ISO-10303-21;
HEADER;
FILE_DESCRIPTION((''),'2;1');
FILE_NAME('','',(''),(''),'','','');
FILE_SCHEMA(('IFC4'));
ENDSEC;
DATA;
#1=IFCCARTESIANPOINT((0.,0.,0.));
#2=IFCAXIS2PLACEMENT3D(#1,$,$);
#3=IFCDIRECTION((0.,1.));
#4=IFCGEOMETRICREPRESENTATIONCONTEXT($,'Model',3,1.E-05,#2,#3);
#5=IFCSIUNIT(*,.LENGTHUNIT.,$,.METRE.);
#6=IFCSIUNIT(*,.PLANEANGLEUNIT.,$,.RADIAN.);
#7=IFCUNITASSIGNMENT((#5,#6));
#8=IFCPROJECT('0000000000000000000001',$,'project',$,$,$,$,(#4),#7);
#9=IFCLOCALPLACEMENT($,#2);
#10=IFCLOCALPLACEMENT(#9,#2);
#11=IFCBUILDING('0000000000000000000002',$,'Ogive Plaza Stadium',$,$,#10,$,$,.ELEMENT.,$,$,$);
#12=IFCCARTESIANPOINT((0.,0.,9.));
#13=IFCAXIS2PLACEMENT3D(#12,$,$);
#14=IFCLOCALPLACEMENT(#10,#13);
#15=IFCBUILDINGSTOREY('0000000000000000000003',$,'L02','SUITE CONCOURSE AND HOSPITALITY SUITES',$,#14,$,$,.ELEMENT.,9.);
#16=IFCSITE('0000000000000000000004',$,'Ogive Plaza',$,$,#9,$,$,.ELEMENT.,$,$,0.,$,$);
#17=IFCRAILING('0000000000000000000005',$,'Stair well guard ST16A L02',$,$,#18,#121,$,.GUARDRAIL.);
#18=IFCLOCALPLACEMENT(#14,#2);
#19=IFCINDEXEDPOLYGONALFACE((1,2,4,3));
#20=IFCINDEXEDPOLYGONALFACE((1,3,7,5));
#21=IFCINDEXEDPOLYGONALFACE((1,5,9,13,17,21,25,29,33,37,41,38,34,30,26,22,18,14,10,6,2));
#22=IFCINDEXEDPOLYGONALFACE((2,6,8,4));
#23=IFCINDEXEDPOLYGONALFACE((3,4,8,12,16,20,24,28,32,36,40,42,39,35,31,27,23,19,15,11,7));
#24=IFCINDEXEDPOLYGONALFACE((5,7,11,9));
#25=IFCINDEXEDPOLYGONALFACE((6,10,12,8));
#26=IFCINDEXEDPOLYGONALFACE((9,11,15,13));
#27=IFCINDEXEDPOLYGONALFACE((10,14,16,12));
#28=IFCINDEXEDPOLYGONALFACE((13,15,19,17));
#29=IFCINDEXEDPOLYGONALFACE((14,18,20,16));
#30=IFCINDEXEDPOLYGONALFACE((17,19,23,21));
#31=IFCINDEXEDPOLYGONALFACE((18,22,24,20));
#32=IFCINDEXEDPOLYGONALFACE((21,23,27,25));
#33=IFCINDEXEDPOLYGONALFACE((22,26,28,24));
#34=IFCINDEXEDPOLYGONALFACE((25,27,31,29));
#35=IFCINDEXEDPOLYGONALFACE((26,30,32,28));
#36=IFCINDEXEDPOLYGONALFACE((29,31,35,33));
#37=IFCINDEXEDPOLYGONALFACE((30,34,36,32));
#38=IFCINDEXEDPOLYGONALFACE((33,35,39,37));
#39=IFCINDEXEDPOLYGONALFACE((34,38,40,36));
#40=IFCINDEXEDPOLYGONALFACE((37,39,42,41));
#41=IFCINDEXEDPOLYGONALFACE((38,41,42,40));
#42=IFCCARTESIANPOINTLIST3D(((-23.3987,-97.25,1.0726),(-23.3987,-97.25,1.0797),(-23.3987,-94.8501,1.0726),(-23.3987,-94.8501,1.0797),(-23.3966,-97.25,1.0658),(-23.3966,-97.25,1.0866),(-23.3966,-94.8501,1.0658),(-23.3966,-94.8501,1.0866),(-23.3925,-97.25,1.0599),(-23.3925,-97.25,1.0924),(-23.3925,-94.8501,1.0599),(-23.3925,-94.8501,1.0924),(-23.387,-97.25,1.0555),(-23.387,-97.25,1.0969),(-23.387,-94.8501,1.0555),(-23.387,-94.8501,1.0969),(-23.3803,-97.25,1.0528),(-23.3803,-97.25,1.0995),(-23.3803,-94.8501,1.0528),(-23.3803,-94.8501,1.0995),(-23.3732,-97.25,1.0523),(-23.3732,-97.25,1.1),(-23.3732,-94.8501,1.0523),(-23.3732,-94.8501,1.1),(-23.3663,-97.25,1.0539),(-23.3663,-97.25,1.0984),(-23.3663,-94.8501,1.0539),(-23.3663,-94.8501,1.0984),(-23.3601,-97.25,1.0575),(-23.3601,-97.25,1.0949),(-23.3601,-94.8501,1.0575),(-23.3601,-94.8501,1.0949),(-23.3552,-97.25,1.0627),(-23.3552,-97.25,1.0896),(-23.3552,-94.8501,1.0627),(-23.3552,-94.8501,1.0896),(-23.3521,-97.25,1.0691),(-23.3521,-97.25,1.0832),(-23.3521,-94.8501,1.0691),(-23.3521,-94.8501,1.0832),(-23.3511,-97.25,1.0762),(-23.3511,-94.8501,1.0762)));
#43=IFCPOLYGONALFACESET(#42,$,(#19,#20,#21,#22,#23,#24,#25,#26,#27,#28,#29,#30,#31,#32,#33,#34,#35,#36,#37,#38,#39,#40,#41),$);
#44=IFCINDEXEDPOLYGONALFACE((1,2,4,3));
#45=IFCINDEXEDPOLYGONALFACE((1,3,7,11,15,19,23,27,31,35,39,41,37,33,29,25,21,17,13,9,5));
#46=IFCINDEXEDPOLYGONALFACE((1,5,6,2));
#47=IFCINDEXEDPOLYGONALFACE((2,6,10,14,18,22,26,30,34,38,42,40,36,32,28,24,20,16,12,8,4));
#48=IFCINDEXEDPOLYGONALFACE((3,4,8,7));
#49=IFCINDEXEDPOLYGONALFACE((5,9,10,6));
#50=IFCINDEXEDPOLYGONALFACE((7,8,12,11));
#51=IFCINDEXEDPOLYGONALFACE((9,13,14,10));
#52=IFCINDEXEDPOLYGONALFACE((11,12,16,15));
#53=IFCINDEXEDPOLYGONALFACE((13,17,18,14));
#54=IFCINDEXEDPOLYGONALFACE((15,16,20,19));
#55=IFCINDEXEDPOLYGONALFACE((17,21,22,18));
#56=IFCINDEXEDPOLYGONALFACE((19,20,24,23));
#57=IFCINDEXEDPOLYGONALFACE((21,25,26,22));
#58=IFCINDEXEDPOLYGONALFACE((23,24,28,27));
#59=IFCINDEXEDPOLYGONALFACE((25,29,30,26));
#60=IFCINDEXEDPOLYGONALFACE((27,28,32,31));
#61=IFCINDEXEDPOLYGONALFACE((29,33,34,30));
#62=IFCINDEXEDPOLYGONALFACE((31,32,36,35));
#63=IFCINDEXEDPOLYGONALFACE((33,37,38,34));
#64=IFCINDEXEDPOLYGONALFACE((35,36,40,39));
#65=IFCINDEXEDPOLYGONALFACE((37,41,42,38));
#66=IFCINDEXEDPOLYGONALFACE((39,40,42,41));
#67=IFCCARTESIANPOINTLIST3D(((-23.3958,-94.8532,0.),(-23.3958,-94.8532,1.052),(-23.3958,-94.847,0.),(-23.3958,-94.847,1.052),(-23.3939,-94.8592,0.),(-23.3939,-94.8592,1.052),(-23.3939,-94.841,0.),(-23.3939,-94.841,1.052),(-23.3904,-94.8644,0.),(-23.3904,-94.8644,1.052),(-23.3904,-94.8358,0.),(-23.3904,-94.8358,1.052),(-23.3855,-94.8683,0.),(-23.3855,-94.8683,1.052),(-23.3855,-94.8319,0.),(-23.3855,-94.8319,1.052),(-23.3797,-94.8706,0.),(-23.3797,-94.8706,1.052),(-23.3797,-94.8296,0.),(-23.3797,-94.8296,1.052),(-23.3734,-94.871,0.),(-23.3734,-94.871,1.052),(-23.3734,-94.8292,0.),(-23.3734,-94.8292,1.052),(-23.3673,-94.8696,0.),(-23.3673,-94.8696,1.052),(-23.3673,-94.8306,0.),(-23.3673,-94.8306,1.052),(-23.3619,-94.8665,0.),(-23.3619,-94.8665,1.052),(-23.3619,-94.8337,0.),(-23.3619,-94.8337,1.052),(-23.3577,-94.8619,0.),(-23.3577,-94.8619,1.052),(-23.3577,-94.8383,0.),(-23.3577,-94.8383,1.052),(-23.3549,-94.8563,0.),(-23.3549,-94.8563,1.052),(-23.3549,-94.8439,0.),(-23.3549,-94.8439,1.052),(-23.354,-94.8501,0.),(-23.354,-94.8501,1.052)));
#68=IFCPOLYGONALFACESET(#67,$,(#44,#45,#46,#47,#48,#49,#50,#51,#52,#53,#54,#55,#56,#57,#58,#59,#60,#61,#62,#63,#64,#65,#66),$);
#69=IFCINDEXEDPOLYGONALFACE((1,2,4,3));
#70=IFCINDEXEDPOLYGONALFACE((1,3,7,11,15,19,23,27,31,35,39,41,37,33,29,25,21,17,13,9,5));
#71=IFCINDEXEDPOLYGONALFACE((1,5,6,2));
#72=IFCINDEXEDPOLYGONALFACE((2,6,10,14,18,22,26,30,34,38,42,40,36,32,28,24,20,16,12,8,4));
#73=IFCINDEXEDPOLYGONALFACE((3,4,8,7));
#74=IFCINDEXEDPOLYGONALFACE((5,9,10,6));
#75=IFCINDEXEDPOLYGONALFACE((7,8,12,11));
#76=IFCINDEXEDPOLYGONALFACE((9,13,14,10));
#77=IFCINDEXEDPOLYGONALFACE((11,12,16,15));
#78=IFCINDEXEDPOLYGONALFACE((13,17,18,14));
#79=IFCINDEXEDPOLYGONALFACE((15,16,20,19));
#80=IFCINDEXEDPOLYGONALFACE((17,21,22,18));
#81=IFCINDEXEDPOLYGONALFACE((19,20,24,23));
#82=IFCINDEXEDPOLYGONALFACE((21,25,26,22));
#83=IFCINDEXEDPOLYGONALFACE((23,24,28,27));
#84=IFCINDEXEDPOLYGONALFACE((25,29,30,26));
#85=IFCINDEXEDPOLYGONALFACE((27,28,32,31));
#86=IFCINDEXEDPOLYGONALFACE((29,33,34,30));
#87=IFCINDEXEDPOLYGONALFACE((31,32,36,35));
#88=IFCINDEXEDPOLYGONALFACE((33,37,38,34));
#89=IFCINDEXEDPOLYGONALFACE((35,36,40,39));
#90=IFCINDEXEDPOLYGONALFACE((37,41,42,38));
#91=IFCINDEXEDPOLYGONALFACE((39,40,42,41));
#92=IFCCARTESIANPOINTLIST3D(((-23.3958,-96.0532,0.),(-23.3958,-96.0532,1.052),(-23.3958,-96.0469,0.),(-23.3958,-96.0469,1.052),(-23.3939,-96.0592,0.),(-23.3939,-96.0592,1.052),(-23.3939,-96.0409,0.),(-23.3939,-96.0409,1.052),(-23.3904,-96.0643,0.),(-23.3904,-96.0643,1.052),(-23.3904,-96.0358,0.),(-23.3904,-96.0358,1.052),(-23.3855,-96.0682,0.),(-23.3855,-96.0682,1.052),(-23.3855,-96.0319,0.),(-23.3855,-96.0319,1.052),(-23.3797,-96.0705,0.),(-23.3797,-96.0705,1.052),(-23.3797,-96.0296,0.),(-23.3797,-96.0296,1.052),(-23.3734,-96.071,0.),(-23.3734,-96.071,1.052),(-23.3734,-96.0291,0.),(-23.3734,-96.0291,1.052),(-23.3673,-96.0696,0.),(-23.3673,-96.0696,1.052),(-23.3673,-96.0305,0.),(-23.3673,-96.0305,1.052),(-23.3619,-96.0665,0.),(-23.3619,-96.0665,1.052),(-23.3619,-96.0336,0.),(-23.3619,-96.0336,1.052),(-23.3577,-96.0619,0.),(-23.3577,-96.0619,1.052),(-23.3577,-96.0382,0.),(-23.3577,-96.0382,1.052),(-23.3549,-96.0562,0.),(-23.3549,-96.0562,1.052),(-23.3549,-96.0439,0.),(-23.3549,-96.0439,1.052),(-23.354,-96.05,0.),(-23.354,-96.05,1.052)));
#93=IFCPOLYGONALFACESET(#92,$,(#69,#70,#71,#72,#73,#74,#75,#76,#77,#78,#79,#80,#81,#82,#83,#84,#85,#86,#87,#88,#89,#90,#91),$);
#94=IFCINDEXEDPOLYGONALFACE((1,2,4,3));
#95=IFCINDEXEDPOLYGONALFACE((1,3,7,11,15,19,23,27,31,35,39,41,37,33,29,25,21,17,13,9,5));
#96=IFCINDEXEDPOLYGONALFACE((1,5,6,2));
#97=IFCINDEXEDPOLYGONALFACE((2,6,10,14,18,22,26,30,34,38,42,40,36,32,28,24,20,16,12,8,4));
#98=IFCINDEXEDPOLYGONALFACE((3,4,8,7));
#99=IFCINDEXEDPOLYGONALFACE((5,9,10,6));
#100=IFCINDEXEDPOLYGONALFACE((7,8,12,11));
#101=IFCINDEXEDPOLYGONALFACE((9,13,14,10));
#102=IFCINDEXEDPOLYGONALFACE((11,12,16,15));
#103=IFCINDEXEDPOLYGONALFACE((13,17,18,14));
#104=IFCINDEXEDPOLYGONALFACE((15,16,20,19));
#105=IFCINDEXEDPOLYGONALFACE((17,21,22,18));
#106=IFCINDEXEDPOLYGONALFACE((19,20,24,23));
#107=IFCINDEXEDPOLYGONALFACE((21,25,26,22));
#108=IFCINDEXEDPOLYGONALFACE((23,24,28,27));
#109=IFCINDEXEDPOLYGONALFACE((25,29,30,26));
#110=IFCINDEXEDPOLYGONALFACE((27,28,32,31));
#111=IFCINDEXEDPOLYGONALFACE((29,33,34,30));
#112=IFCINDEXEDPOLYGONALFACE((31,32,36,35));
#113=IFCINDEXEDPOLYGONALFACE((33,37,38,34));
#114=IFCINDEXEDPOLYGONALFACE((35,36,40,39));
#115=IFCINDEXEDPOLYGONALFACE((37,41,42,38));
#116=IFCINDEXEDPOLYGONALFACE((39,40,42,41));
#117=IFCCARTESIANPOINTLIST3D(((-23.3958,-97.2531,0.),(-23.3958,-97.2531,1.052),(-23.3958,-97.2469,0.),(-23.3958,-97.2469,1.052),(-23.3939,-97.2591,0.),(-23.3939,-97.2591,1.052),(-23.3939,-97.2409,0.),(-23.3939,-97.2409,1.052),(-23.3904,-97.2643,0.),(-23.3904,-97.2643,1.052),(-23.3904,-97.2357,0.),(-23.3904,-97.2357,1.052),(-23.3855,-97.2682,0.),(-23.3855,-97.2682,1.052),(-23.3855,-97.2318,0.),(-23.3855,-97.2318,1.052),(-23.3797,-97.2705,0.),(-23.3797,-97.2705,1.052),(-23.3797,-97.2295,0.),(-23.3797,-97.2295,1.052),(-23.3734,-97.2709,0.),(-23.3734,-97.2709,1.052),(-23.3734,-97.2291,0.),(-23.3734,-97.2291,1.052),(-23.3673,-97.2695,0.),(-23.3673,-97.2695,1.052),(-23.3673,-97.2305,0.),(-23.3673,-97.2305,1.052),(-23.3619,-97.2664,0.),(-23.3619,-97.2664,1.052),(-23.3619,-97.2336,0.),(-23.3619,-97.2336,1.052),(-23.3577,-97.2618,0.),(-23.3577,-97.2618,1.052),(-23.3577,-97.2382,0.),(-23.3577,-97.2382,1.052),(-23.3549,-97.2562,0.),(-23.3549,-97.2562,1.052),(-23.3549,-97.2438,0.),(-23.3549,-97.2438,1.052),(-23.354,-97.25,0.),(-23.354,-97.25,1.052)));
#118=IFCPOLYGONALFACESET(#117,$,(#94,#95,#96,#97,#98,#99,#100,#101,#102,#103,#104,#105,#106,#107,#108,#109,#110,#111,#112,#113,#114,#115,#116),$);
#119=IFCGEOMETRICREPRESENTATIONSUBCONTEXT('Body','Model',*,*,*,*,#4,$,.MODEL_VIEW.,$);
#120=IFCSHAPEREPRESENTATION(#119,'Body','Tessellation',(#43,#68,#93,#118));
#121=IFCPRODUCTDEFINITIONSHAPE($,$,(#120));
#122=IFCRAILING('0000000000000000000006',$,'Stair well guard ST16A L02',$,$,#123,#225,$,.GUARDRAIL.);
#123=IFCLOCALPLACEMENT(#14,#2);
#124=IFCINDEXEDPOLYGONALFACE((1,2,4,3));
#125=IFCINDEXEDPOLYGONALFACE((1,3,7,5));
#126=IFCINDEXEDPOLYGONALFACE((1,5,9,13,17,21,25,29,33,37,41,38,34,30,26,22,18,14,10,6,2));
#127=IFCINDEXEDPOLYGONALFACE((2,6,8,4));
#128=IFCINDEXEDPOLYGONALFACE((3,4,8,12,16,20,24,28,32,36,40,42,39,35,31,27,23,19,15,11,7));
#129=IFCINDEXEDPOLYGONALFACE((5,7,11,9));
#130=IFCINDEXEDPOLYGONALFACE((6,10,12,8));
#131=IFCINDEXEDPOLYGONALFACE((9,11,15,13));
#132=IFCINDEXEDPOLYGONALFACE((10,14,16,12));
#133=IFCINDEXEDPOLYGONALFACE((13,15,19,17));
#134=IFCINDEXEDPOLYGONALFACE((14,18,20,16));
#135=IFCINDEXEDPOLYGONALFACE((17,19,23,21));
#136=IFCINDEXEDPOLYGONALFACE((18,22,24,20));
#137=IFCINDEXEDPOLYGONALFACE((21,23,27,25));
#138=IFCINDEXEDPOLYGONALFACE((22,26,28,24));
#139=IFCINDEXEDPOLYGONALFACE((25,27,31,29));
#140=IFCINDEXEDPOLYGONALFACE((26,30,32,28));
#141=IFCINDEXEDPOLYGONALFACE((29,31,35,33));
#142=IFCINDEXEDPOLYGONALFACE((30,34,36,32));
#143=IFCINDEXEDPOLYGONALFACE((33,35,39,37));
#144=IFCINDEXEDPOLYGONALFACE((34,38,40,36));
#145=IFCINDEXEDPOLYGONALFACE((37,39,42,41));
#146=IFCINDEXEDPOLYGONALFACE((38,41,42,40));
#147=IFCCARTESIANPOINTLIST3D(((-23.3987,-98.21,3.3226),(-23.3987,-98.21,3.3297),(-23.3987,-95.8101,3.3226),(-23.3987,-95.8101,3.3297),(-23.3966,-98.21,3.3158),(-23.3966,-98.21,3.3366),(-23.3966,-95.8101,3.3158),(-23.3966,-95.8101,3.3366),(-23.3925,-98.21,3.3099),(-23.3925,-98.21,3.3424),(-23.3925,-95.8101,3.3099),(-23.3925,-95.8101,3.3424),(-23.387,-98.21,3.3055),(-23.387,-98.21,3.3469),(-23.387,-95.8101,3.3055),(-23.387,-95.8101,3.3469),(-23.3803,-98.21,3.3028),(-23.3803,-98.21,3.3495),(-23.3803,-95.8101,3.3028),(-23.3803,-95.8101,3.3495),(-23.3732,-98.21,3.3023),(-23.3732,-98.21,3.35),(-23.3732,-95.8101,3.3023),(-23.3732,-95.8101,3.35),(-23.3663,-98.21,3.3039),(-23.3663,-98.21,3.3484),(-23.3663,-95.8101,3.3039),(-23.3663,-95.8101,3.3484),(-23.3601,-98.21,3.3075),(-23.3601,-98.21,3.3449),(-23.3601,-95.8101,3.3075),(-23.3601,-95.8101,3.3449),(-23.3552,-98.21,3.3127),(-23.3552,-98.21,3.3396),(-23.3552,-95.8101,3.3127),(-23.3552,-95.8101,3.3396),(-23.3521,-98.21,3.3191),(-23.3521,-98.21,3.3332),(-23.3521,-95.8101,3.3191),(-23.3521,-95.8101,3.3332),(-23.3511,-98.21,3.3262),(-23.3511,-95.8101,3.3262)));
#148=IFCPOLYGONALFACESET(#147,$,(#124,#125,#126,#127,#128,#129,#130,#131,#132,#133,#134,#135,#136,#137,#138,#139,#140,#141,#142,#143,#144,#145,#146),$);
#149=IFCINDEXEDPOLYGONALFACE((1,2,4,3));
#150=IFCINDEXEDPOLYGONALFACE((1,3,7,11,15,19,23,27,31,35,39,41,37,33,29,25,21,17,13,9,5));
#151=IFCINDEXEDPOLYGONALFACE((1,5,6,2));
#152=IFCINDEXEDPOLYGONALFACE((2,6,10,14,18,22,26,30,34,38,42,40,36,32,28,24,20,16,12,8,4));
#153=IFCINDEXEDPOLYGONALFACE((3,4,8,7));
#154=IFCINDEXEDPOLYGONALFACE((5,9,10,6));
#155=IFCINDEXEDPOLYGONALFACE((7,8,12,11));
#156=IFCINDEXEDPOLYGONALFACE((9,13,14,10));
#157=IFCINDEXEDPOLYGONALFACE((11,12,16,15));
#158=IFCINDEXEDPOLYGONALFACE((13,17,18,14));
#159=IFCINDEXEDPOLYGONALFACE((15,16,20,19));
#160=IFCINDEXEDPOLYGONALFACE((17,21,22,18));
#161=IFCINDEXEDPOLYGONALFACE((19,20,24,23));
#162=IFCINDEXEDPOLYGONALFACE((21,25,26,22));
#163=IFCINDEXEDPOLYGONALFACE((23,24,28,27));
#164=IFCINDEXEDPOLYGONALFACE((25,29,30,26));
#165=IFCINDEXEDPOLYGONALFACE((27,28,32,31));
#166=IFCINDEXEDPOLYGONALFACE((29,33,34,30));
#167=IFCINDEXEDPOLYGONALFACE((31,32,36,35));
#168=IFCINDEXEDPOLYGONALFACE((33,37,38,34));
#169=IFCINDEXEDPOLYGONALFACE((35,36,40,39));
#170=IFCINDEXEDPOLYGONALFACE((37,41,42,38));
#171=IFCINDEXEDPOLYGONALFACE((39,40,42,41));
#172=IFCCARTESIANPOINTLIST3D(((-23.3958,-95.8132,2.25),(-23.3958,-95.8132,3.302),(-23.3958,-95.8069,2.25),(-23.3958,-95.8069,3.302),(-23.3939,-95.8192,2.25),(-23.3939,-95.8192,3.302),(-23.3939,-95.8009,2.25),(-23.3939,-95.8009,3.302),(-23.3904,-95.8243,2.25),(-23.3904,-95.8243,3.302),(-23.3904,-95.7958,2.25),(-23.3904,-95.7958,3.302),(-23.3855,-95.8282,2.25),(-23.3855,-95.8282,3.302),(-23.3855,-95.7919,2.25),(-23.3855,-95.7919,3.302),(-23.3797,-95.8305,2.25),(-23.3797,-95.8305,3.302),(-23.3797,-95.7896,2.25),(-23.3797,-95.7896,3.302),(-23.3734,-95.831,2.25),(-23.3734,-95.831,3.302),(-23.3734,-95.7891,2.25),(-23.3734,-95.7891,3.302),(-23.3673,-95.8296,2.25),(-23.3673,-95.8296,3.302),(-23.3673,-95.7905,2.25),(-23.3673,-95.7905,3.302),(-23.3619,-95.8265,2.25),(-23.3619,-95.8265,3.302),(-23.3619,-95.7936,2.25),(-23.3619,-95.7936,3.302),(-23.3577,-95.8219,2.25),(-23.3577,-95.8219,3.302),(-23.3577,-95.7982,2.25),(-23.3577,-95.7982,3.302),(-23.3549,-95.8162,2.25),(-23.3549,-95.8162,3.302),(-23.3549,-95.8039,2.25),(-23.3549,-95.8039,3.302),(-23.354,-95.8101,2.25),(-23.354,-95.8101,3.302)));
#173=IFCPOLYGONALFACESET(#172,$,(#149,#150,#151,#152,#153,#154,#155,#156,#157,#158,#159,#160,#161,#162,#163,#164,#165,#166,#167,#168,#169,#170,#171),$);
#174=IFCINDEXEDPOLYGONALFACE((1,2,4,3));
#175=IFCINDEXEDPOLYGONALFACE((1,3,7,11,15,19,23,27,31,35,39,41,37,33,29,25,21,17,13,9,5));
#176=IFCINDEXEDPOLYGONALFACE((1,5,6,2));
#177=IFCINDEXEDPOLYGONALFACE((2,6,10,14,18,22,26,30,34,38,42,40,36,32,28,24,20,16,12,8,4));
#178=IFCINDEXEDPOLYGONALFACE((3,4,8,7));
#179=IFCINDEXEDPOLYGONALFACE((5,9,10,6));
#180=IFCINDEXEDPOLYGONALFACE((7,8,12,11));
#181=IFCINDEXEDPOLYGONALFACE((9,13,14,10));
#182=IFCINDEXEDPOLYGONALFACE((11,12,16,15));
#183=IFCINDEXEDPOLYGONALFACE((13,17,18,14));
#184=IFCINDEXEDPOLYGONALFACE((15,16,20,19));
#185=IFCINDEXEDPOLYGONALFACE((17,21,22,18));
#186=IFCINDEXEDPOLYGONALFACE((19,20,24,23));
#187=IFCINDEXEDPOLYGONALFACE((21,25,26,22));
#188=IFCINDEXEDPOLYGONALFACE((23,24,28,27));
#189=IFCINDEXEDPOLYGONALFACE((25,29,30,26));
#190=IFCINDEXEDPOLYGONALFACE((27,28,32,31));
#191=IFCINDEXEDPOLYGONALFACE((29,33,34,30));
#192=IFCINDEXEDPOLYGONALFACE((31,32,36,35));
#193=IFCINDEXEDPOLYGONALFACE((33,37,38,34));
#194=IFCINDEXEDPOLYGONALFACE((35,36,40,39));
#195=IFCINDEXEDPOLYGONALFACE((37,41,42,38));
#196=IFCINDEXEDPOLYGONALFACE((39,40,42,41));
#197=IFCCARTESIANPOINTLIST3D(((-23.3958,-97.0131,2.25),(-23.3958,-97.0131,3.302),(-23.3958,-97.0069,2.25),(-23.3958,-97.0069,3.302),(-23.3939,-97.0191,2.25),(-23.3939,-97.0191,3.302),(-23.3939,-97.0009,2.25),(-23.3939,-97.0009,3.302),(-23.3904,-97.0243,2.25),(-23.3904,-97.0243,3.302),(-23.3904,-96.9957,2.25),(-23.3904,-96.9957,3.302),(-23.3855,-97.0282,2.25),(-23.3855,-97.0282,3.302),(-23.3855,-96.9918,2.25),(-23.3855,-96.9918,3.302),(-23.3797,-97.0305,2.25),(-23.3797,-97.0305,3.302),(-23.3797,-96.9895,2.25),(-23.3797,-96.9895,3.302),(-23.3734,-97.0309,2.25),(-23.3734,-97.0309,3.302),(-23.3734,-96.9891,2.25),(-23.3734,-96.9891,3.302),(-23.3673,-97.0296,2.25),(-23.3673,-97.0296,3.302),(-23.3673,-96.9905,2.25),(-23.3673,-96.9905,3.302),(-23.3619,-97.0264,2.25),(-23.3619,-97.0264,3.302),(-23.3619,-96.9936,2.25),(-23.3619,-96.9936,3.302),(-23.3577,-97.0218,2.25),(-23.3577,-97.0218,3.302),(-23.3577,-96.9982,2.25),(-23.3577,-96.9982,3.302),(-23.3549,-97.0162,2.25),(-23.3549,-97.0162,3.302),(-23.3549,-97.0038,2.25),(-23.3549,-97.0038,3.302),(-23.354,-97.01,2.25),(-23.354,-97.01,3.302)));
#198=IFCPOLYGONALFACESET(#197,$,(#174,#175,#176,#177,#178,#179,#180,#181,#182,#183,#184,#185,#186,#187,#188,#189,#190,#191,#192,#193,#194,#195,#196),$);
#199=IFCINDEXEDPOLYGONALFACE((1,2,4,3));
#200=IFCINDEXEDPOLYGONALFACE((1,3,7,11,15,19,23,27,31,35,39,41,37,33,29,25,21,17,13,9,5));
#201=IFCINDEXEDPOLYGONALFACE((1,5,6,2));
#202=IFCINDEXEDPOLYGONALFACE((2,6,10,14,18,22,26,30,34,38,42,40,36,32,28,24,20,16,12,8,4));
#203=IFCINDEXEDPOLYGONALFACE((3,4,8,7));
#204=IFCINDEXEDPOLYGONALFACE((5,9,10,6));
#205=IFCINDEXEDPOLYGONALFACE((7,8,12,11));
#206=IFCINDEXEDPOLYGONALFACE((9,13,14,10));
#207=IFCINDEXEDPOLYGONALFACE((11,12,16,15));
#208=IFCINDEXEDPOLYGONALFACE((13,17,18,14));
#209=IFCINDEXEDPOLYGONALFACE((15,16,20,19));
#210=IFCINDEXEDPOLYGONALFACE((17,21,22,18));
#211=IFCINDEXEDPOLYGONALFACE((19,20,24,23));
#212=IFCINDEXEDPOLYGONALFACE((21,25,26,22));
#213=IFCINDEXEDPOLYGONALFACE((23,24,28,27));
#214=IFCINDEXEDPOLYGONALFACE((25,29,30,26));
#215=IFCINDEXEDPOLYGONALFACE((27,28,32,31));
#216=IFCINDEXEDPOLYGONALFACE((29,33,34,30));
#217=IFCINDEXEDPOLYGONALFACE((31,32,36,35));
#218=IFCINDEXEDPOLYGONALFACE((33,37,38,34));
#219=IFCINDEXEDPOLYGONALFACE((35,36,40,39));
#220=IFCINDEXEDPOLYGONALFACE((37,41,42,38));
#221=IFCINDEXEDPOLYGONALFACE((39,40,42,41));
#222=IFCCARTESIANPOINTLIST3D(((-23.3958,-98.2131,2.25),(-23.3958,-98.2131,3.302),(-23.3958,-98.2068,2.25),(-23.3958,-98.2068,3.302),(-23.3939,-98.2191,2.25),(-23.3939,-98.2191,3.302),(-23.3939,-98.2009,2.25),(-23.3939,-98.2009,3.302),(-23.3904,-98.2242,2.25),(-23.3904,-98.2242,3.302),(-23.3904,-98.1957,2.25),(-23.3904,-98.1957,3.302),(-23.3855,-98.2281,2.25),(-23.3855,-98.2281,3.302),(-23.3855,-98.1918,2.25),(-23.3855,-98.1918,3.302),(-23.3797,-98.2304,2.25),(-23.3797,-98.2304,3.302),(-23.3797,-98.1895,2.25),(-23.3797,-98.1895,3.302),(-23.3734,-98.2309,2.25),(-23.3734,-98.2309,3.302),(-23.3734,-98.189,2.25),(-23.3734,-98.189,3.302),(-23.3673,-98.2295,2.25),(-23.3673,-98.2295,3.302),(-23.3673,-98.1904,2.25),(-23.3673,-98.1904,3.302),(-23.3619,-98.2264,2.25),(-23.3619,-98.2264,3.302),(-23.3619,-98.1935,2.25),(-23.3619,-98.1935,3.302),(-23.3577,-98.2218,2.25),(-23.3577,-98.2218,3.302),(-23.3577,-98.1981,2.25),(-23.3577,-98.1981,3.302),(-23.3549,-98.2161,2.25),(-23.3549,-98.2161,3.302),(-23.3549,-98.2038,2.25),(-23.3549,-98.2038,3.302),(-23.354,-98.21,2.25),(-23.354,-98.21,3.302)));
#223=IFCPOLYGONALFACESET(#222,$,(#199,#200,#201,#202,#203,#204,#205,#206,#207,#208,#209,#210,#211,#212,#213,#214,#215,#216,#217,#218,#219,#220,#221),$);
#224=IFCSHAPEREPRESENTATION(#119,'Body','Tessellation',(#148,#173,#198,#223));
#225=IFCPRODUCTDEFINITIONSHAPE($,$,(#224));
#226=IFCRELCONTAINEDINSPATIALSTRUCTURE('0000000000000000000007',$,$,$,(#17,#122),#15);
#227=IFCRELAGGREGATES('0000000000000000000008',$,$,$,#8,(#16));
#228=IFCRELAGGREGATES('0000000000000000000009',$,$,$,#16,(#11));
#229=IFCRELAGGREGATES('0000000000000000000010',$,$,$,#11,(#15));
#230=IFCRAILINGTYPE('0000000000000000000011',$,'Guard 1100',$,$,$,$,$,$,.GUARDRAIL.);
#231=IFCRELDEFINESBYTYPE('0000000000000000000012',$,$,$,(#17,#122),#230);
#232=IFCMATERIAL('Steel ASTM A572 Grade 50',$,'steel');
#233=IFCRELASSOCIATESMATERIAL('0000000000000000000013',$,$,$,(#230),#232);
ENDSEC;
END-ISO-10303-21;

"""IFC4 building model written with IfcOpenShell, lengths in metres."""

from ifc_helpers import new_model, si_unit, direction, frame, origin, origin_2d, place, context, subcontext, project, spatial, circle, extrude, material, type_object, element, save


model = new_model("IFC4")

# Units and contexts
model_context = context("Model", 3, precision=1e-05, world=origin(), true_north=direction((0.0, 1.0)))
body_context = subcontext(model_context, "Body", "Model", "MODEL_VIEW")
ifc_project = project(units=[si_unit("LENGTHUNIT", "METRE"), si_unit("PLANEANGLEUNIT", "RADIAN")], contexts=[model_context])

# Site, building, storey
site_placement = place(None, origin())
site = spatial("IfcSite", under=ifc_project, at=site_placement, Name="Ogive Plaza", CompositionType="ELEMENT", RefElevation=0.0)
building_placement = place(site_placement, origin())
building = spatial("IfcBuilding", under=site, at=building_placement, Name="Ogive Plaza Stadium", CompositionType="ELEMENT")
storey_placement = place(building_placement, frame((0.0, 0.0, 9.0)))
storey = spatial("IfcBuildingStorey", under=building, at=storey_placement, Name="L02", Description="SUITE CONCOURSE AND HOSPITALITY SUITES", CompositionType="ELEMENT", Elevation=9.0)

# Railings
ifc_material_1 = material(Name="Steel ASTM A572 Grade 50", Category="steel")
railing_type_1 = type_object("IfcRailingType", Name="Guard 1100", PredefinedType="GUARDRAIL", material=ifc_material_1)
for number, where, name in (
    (1, (-23.375, -94.8501, 0.0), "Stair well guard ST16A L02"),
    (2, (-23.375, -95.8101, 2.25), "Stair well guard ST16A L02"),
):
    element("IfcRailing", number, at=place(storey_placement, frame(where)), inside=storey, type_object=railing_type_1, Name=name, PredefinedType="GUARDRAIL", context=body_context, shape_type="SweptSolid", body=[
        extrude(circle(Radius=0.0239, at=origin_2d()), frame((0.0, 0.0, 1.0762), z_axis=(0.0, -1.0, 0.0), x_axis=(1.0, 0.0, 0.0)), (0.0, 0.0, 1.0), 2.3999),
        extrude(circle(Radius=0.021, at=origin_2d()), origin(), (0.0, 0.0, 1.0), 1.052),
        extrude(circle(Radius=0.021, at=origin_2d()), frame((0.0, -1.2, 0.0)), (0.0, 0.0, 1.0), 1.052),
        extrude(circle(Radius=0.021, at=origin_2d()), frame((0.0, -2.3999, 0.0)), (0.0, 0.0, 1.0), 1.052),
    ])

save(model, "model.ifc")
